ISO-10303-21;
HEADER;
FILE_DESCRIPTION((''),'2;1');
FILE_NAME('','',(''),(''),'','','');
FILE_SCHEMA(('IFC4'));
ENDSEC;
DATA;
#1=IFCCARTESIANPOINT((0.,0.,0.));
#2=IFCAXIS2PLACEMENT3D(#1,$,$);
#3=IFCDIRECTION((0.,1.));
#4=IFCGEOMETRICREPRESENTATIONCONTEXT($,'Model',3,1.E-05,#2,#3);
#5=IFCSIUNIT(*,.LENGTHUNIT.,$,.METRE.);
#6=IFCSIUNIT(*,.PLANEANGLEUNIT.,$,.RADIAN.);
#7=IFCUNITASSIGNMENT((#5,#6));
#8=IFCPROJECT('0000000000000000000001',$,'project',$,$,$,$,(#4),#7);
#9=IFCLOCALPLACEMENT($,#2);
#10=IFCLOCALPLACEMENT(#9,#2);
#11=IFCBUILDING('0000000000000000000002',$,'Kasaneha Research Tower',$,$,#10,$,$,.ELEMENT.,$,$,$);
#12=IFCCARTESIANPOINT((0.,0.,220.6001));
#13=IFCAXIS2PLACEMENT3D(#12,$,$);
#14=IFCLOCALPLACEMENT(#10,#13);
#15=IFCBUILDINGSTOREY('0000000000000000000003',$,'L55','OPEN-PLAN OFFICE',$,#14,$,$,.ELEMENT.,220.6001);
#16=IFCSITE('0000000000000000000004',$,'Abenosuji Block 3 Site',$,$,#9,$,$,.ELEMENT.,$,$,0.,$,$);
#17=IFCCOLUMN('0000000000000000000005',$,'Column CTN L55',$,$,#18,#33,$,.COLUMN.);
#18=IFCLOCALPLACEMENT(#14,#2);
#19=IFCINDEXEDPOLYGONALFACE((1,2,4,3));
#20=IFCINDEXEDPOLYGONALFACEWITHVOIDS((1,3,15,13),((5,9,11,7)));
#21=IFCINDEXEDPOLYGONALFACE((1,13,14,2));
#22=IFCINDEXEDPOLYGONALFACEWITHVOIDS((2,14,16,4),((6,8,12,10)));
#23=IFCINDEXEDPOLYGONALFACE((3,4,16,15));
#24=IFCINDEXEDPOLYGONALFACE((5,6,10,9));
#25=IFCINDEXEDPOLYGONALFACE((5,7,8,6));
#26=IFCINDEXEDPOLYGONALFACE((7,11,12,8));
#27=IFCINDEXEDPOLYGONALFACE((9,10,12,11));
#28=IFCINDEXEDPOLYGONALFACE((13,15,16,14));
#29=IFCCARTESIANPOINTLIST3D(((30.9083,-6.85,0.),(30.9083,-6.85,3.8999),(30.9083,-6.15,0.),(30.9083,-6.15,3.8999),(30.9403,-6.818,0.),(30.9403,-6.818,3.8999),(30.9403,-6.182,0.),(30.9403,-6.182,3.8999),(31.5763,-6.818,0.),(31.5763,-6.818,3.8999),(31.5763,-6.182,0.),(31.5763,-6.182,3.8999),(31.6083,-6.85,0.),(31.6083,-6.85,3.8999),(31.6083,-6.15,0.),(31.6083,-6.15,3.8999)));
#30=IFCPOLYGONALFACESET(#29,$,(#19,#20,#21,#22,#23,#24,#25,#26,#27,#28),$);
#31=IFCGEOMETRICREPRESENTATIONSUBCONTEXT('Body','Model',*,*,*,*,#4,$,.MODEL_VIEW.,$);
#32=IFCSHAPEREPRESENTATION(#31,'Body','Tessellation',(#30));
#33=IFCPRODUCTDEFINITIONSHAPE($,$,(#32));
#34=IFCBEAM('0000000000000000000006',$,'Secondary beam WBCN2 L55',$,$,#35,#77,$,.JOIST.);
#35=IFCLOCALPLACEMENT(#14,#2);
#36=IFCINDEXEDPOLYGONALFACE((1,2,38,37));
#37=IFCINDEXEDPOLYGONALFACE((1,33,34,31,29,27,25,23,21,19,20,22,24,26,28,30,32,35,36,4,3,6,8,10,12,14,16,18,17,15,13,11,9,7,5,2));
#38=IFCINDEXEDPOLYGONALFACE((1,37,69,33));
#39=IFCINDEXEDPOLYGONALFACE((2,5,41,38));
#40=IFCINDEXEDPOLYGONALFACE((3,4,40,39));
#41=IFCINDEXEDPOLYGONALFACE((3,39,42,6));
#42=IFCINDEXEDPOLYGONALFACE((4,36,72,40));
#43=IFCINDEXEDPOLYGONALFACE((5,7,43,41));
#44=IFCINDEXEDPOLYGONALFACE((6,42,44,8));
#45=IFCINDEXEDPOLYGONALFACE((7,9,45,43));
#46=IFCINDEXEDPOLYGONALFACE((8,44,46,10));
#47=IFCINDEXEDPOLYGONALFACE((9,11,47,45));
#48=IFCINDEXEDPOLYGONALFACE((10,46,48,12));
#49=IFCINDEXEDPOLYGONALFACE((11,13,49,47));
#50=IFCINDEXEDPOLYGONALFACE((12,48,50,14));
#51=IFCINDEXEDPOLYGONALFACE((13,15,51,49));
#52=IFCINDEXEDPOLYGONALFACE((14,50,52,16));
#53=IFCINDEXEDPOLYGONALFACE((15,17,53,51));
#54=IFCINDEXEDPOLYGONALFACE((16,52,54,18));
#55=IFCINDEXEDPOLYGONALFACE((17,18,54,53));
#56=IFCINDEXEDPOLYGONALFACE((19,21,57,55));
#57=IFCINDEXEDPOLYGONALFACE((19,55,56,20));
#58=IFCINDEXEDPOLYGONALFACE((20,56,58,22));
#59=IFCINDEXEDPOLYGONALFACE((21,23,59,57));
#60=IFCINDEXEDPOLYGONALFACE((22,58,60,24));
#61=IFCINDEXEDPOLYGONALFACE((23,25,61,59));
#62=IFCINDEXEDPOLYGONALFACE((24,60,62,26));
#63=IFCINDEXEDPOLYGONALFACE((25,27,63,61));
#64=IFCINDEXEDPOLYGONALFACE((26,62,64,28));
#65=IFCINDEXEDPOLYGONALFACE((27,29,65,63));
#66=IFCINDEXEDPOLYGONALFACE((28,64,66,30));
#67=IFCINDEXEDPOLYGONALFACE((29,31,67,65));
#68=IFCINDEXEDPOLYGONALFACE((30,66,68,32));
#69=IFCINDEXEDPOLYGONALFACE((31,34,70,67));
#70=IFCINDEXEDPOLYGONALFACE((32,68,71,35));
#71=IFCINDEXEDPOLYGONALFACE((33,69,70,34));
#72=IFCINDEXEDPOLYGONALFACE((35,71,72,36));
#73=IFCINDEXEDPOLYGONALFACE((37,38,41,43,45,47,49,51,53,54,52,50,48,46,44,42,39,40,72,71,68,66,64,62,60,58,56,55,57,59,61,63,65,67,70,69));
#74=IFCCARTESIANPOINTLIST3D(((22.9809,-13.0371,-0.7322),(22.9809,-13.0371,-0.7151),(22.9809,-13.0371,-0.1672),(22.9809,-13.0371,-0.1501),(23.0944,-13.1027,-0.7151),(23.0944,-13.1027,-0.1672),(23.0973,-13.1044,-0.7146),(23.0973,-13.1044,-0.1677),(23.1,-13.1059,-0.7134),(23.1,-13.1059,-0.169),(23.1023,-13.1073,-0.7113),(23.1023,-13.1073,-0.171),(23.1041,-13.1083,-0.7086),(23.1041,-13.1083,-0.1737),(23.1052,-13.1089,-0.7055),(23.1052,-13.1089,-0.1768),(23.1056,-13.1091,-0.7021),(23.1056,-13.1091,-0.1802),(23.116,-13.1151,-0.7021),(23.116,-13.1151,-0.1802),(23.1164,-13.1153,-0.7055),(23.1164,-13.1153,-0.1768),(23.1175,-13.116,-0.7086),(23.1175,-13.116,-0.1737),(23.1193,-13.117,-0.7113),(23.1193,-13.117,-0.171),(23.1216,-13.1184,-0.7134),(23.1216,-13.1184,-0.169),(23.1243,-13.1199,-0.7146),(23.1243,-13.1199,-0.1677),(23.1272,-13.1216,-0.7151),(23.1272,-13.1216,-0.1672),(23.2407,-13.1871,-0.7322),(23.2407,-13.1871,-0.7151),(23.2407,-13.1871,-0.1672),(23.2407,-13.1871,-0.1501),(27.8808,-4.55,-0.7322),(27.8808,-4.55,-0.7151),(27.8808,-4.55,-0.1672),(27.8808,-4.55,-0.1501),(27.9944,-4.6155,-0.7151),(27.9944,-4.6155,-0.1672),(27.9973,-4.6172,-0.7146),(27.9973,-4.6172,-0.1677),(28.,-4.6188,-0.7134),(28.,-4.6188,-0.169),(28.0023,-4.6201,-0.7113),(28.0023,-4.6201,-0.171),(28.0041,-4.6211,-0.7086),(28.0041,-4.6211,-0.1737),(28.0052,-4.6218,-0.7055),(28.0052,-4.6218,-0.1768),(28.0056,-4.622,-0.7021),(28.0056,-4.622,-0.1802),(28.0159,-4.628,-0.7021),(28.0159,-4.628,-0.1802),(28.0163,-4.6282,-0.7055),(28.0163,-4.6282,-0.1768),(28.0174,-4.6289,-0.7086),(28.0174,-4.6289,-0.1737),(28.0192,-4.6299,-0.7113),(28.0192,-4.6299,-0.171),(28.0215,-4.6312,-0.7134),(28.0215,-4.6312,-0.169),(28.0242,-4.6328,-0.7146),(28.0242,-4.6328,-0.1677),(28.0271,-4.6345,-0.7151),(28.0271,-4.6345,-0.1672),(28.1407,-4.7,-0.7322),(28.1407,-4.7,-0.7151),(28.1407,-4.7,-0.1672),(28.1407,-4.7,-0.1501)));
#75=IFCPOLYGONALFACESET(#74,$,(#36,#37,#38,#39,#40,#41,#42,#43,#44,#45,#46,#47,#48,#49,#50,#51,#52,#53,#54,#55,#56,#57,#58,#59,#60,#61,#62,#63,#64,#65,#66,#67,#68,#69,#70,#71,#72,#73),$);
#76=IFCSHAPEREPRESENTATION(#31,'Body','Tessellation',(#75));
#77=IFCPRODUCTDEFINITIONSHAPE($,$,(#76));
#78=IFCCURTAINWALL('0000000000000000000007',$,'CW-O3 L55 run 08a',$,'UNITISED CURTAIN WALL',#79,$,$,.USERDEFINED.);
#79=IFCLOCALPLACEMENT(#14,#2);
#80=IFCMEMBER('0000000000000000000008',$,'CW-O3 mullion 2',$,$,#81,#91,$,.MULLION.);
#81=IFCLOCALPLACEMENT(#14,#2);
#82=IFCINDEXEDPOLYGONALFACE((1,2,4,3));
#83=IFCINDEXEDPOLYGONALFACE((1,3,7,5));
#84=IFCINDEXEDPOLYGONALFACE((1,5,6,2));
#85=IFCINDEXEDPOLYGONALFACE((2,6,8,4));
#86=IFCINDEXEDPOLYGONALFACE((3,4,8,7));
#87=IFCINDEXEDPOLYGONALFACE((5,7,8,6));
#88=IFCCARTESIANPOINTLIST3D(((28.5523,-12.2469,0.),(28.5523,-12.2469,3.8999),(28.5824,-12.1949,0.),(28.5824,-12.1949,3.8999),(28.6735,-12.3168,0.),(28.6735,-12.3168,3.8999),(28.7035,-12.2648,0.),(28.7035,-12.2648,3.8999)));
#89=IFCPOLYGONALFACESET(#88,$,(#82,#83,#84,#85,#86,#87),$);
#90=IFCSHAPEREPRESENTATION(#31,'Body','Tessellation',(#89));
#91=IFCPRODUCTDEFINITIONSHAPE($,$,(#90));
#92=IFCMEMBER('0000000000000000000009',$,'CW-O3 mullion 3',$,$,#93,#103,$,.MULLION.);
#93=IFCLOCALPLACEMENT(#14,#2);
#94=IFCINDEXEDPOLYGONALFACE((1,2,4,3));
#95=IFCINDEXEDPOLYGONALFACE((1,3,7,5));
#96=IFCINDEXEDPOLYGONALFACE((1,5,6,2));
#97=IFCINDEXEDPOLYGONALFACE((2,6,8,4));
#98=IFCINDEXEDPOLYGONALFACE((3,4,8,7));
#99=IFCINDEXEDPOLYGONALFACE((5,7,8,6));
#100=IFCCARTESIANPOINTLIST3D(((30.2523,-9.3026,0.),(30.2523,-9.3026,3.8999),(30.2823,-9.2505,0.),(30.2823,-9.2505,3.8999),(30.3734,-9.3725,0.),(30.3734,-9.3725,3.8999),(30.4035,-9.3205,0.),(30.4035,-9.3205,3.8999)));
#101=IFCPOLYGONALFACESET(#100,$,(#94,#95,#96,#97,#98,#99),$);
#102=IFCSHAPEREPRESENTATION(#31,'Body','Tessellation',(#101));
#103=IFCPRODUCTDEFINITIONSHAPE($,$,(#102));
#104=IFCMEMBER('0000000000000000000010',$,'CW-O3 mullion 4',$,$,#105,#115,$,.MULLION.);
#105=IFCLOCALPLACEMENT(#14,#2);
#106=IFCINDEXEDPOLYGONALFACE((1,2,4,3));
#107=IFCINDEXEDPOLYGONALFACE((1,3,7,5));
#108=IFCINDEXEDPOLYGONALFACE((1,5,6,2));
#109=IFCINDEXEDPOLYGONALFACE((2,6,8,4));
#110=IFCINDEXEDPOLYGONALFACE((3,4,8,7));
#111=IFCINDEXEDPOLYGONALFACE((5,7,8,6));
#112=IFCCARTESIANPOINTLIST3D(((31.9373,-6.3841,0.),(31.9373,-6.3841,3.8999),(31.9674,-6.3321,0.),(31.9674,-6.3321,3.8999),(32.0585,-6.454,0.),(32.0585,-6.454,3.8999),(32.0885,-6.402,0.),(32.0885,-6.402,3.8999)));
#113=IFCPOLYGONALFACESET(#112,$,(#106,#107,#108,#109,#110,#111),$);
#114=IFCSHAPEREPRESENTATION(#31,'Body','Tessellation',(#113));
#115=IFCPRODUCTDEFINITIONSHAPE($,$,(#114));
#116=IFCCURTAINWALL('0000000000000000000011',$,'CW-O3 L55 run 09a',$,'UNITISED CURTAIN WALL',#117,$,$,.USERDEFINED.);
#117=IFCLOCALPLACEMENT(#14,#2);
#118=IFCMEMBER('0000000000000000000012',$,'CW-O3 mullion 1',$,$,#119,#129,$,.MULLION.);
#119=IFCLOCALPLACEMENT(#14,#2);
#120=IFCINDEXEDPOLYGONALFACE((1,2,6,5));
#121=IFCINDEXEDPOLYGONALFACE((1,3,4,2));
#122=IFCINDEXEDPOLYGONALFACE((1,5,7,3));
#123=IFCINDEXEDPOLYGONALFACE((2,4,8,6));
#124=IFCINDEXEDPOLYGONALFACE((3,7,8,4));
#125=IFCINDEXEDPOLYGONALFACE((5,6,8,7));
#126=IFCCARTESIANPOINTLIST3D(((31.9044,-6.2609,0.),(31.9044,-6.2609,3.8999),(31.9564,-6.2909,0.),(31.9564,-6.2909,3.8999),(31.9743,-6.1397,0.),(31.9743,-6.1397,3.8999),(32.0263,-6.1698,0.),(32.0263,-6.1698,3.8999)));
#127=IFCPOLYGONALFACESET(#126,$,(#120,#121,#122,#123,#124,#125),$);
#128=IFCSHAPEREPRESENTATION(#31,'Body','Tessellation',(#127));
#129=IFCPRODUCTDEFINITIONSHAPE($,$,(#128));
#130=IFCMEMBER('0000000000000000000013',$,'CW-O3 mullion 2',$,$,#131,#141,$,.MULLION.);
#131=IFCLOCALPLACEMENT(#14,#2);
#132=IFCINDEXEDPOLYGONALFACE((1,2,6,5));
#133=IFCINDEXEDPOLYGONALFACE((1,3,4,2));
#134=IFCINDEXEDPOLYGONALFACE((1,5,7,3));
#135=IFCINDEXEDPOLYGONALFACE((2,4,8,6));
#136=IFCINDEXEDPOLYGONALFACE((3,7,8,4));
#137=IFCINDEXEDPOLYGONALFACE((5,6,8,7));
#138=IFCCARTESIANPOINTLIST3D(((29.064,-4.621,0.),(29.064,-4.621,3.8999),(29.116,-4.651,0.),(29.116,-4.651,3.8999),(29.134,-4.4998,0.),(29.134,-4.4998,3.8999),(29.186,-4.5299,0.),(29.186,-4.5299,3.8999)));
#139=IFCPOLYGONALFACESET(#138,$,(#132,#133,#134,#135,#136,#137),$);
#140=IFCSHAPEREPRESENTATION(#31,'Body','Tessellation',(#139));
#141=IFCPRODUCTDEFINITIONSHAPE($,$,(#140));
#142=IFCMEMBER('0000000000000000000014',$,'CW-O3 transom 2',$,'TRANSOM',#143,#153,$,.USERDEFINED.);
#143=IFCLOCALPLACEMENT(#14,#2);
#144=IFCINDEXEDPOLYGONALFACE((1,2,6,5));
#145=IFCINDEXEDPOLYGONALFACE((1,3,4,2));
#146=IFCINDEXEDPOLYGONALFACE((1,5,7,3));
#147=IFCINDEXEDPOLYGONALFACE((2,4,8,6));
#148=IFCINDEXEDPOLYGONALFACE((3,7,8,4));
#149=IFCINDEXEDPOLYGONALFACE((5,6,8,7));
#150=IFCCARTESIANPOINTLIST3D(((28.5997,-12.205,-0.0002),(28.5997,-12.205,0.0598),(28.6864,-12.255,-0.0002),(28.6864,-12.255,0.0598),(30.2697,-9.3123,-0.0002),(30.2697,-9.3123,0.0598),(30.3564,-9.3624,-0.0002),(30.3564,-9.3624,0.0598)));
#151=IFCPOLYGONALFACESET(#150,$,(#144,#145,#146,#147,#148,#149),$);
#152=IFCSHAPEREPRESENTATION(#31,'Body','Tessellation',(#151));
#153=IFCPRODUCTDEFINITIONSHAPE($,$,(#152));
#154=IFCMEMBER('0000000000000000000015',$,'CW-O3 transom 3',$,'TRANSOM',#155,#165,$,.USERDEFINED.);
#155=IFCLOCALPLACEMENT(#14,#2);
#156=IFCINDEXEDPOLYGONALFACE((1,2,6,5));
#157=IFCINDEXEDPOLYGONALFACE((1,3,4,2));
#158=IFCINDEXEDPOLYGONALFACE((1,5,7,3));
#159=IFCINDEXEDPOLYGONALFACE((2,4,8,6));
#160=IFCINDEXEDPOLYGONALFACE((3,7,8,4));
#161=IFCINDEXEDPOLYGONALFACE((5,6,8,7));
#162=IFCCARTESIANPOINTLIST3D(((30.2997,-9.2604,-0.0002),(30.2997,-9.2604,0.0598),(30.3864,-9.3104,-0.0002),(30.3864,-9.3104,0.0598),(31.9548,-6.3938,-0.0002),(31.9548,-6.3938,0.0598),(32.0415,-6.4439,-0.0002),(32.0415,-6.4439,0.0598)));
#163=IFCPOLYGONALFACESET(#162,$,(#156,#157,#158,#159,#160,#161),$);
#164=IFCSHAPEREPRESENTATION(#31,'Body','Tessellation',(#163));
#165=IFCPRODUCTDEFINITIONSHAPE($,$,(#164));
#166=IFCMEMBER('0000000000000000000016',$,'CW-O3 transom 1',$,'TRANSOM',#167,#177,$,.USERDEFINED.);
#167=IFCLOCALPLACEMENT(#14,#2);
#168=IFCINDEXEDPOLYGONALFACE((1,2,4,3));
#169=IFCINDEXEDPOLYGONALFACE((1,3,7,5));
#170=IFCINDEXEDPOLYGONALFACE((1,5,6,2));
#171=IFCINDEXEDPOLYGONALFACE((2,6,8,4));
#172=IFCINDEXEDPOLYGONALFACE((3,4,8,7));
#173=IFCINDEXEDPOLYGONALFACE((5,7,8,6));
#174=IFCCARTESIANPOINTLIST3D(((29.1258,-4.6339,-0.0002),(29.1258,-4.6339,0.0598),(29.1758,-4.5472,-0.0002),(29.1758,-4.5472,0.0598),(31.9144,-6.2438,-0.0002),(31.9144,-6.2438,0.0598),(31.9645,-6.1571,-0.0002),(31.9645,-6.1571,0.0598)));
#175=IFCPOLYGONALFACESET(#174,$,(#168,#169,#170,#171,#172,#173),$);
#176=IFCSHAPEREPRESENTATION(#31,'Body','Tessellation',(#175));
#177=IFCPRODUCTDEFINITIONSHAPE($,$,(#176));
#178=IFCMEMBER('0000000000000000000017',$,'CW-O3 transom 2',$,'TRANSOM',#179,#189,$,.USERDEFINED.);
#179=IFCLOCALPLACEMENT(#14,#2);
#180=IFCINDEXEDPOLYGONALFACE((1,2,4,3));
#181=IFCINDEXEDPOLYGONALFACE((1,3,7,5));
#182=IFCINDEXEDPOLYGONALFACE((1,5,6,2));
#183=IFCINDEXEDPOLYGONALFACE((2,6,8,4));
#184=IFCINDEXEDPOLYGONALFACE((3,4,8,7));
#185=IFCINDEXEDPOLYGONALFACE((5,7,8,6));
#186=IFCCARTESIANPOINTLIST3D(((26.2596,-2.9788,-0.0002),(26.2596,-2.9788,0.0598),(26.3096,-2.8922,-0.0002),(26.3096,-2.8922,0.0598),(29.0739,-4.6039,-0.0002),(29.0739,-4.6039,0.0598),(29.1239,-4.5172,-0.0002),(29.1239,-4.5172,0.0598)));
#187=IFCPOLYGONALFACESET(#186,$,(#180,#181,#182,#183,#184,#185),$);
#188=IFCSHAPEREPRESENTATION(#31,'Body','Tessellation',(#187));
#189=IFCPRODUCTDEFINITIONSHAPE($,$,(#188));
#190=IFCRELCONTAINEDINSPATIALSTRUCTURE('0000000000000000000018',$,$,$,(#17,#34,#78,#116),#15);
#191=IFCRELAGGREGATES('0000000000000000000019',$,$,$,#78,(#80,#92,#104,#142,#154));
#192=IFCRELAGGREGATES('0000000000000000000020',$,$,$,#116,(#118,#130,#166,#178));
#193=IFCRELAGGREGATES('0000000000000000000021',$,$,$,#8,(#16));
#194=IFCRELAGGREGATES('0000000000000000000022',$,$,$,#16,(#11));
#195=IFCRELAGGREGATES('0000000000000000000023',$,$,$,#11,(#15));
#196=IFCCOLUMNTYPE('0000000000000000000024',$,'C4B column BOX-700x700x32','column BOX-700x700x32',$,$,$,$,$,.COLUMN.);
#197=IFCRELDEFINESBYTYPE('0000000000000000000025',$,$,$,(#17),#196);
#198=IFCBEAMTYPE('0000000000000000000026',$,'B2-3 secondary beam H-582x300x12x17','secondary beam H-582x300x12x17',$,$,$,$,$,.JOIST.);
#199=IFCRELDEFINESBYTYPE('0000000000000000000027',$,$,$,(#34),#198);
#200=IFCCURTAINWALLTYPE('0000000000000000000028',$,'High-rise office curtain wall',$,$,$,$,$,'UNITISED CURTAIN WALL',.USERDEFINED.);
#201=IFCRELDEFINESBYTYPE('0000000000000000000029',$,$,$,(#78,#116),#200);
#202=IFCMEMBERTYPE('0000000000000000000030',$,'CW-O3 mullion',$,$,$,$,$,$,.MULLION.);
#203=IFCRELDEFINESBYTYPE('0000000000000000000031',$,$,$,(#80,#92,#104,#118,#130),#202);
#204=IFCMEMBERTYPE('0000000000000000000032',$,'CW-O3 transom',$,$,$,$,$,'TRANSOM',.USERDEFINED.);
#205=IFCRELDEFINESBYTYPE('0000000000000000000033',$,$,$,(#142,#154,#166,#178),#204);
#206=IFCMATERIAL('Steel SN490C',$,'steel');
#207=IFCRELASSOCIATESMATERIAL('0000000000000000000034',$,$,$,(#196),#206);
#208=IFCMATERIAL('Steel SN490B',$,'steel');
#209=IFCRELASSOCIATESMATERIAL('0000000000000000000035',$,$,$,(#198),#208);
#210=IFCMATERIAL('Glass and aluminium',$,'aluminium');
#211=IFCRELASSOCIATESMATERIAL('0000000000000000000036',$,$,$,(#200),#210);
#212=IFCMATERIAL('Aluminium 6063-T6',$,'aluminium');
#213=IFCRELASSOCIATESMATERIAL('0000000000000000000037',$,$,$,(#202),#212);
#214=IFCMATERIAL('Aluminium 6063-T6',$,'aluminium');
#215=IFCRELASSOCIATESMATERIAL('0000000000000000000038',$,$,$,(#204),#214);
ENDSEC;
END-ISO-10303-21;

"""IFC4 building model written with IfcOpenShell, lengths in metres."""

from ifc_helpers import new_model, si_unit, direction, frame, origin, origin_2d, place, context, subcontext, project, spatial, rectangle, hollow_rectangle, i_section, extrude, material, material_profile, profile_set, type_object, element, aggregate, save


model = new_model("IFC4")

# Units and contexts
model_context = context("Model", 3, precision=1e-05, world=origin(), true_north=direction((0.0, 1.0)))
body_context = subcontext(model_context, "Body", "Model", "MODEL_VIEW")
ifc_project = project(units=[si_unit("LENGTHUNIT", "METRE"), si_unit("PLANEANGLEUNIT", "RADIAN")], contexts=[model_context])

# Site, building, storey
site_placement = place(None, origin())
site = spatial("IfcSite", under=ifc_project, at=site_placement, Name="Abenosuji Block 3 Site", CompositionType="ELEMENT", RefElevation=0.0)
building_placement = place(site_placement, origin())
building = spatial("IfcBuilding", under=site, at=building_placement, Name="Kasaneha Research Tower", CompositionType="ELEMENT")
storey_placement = place(building_placement, frame((0.0, 0.0, 220.6001)))
storey = spatial("IfcBuildingStorey", under=building, at=storey_placement, Name="L55", Description="OPEN-PLAN OFFICE", CompositionType="ELEMENT", Elevation=220.6001)

# Column
ifc_material_1 = material(Name="Steel SN490C", Category="steel")
ifc_material_profile_1 = material_profile(ifc_material_1, hollow_rectangle(XDim=0.7, YDim=0.7, WallThickness=0.032, at=origin_2d()), Name="BOX-700x700x32")
ifc_profile_set_1 = profile_set([ifc_material_profile_1], Name="Steel SN490C")
column_type = type_object("IfcColumnType", Name="C4B column BOX-700x700x32", Description="column BOX-700x700x32", PredefinedType="COLUMN", material=ifc_profile_set_1)
column_placement = place(storey_placement, frame((31.2583, -6.5, 0.0), z_axis=(0.0, 0.0, 1.0), x_axis=(1.0, 0.0, 0.0)))
element("IfcColumn", 1, at=column_placement, inside=storey, type_object=column_type, Name="Column CTN L55", PredefinedType="COLUMN", context=body_context, shape_type="SweptSolid", body=[
    extrude(hollow_rectangle(XDim=0.7, YDim=0.7, WallThickness=0.032, at=origin_2d()), origin(), (0.0, 0.0, 1.0), 3.8999),
])

# Beam
ifc_material_2 = material(Name="Steel SN490B", Category="steel")
ifc_material_profile_2 = material_profile(ifc_material_2, i_section(OverallWidth=0.3, OverallDepth=0.582, WebThickness=0.012, FlangeThickness=0.0171, FilletRadius=0.0129, at=origin_2d()), Name="H-582x300x12x17")
ifc_profile_set_2 = profile_set([ifc_material_profile_2], Name="Steel SN490B")
beam_type_1 = type_object("IfcBeamType", Name="B2-3 secondary beam H-582x300x12x17", Description="secondary beam H-582x300x12x17", PredefinedType="JOIST", material=ifc_profile_set_2)
beam_1_placement = place(storey_placement, frame((28.0107, -4.625, -0.4412), z_axis=(-0.499992, -0.86603, 0.0), x_axis=(0.86603, -0.499992, 0.0)))
element("IfcBeam", 2, at=beam_1_placement, inside=storey, type_object=beam_type_1, Name="Secondary beam WBCN2 L55", PredefinedType="JOIST", context=body_context, shape_type="SweptSolid", body=[
    extrude(i_section(OverallWidth=0.3, OverallDepth=0.582, WebThickness=0.012, FlangeThickness=0.0171, FilletRadius=0.0129, at=origin_2d()), origin(), (0.0, 0.0, 1.0), 9.8),
])

# Curtain walls, members
ifc_material_3 = material(Name="Glass and aluminium", Category="aluminium")
curtain_wall_type = type_object("IfcCurtainWallType", Name="High-rise office curtain wall", ElementType="UNITISED CURTAIN WALL", PredefinedType="USERDEFINED", material=ifc_material_3)
curtain_wall_1_placement = place(storey_placement, origin())
curtain_wall_1 = element("IfcCurtainWall", 3, at=curtain_wall_1_placement, inside=storey, type_object=curtain_wall_type, Name="CW-O3 L55 run 08a", ObjectType="UNITISED CURTAIN WALL", PredefinedType="USERDEFINED")
ifc_material_4 = material(Name="Aluminium 6063-T6", Category="aluminium")
ifc_material_profile_3 = material_profile(ifc_material_4, rectangle(XDim=0.0601, YDim=0.1399, at=origin_2d()), Name="CW-O3 mullion 60x140")
ifc_profile_set_3 = profile_set([ifc_material_profile_3], Name="Aluminium 6063-T6")
member_type_1 = type_object("IfcMemberType", Name="CW-O3 mullion", PredefinedType="MULLION", material=ifc_profile_set_3)
member_1_placement = place(storey_placement, frame((28.6279, -12.2559, 0.0), z_axis=(0.0, 0.0, 1.0), x_axis=(0.5, 0.866025, 0.0)))
member_1 = element("IfcMember", 4, at=member_1_placement, type_object=member_type_1, Name="CW-O3 mullion 2", PredefinedType="MULLION", context=body_context, shape_type="SweptSolid", body=[
    extrude(rectangle(XDim=0.0601, YDim=0.1399, at=origin_2d()), origin(), (0.0, 0.0, 1.0), 3.8999),
])
member_2_placement = place(storey_placement, frame((30.3279, -9.3115, 0.0), z_axis=(0.0, 0.0, 1.0), x_axis=(0.5, 0.866025, 0.0)))
member_2 = element("IfcMember", 5, at=member_2_placement, type_object=member_type_1, Name="CW-O3 mullion 3", PredefinedType="MULLION", context=body_context, shape_type="SweptSolid", body=[
    extrude(rectangle(XDim=0.0601, YDim=0.1399, at=origin_2d()), origin(), (0.0, 0.0, 1.0), 3.8999),
])
member_3_placement = place(storey_placement, frame((32.0129, -6.3931, 0.0), z_axis=(0.0, 0.0, 1.0), x_axis=(0.5, 0.866025, 0.0)))
member_3 = element("IfcMember", 6, at=member_3_placement, type_object=member_type_1, Name="CW-O3 mullion 4", PredefinedType="MULLION", context=body_context, shape_type="SweptSolid", body=[
    extrude(rectangle(XDim=0.0601, YDim=0.1399, at=origin_2d()), origin(), (0.0, 0.0, 1.0), 3.8999),
])
curtain_wall_2_placement = place(storey_placement, origin())
curtain_wall_2 = element("IfcCurtainWall", 7, at=curtain_wall_2_placement, inside=storey, type_object=curtain_wall_type, Name="CW-O3 L55 run 09a", ObjectType="UNITISED CURTAIN WALL", PredefinedType="USERDEFINED")
member_4_placement = place(storey_placement, frame((31.9653, -6.2153, 0.0), z_axis=(0.0, 0.0, 1.0), x_axis=(-0.866025, 0.5, 0.0)))
member_4 = element("IfcMember", 8, at=member_4_placement, type_object=member_type_1, Name="CW-O3 mullion 1", PredefinedType="MULLION", context=body_context, shape_type="SweptSolid", body=[
    extrude(rectangle(XDim=0.0601, YDim=0.1399, at=origin_2d()), origin(), (0.0, 0.0, 1.0), 3.8999),
])
member_5_placement = place(storey_placement, frame((29.125, -4.5754, 0.0), z_axis=(0.0, 0.0, 1.0), x_axis=(-0.866025, 0.5, 0.0)))
member_5 = element("IfcMember", 9, at=member_5_placement, type_object=member_type_1, Name="CW-O3 mullion 2", PredefinedType="MULLION", context=body_context, shape_type="SweptSolid", body=[
    extrude(rectangle(XDim=0.0601, YDim=0.1399, at=origin_2d()), origin(), (0.0, 0.0, 1.0), 3.8999),
])

# Members
ifc_material_5 = material(Name="Aluminium 6063-T6", Category="aluminium")
ifc_material_profile_4 = material_profile(ifc_material_5, rectangle(XDim=0.1001, YDim=0.0601, at=origin_2d()), Name="CW-O3 transom 100x60")
ifc_profile_set_4 = profile_set([ifc_material_profile_4], Name="Aluminium 6063-T6")
member_type_2 = type_object("IfcMemberType", Name="CW-O3 transom", ElementType="TRANSOM", PredefinedType="USERDEFINED", material=ifc_profile_set_4)
member_6_placement = place(storey_placement, frame((28.6431, -12.23, 0.0298), z_axis=(0.499976, 0.86604, 0.0), x_axis=(-0.86604, 0.499976, 0.0)))
member_6 = element("IfcMember", 10, at=member_6_placement, type_object=member_type_2, Name="CW-O3 transom 2", ObjectType="TRANSOM", PredefinedType="USERDEFINED", context=body_context, shape_type="SweptSolid", body=[
    extrude(rectangle(XDim=0.1001, YDim=0.0601, at=origin_2d()), origin(), (0.0, 0.0, 1.0), 3.3401),
])
member_7_placement = place(storey_placement, frame((30.343, -9.2854, 0.0298), z_axis=(0.500018, 0.866015, 0.0), x_axis=(-0.866015, 0.500018, 0.0)))
member_7 = element("IfcMember", 11, at=member_7_placement, type_object=member_type_2, Name="CW-O3 transom 3", ObjectType="TRANSOM", PredefinedType="USERDEFINED", context=body_context, shape_type="SweptSolid", body=[
    extrude(rectangle(XDim=0.1001, YDim=0.0601, at=origin_2d()), origin(), (0.0, 0.0, 1.0), 3.3101),
])
member_8_placement = place(storey_placement, frame((31.9395, -6.2004, 0.0298), z_axis=(-0.866042, 0.499972, 0.0), x_axis=(-0.499972, -0.866042, 0.0)))
member_8 = element("IfcMember", 12, at=member_8_placement, type_object=member_type_2, Name="CW-O3 transom 1", ObjectType="TRANSOM", PredefinedType="USERDEFINED", context=body_context, shape_type="SweptSolid", body=[
    extrude(rectangle(XDim=0.1001, YDim=0.0601, at=origin_2d()), origin(), (0.0, 0.0, 1.0), 3.22),
])
member_9_placement = place(storey_placement, frame((29.0989, -4.5605, 0.0298), z_axis=(-0.865997, 0.50005, 0.0), x_axis=(-0.50005, -0.865997, 0.0)))
member_9 = element("IfcMember", 13, at=member_9_placement, type_object=member_type_2, Name="CW-O3 transom 2", ObjectType="TRANSOM", PredefinedType="USERDEFINED", context=body_context, shape_type="SweptSolid", body=[
    extrude(rectangle(XDim=0.1001, YDim=0.0601, at=origin_2d()), origin(), (0.0, 0.0, 1.0), 3.2498),
])

aggregate(curtain_wall_1, [member_1, member_2, member_3, member_6, member_7])
aggregate(curtain_wall_2, [member_4, member_5, member_8, member_9])

save(model, "model.ifc")
